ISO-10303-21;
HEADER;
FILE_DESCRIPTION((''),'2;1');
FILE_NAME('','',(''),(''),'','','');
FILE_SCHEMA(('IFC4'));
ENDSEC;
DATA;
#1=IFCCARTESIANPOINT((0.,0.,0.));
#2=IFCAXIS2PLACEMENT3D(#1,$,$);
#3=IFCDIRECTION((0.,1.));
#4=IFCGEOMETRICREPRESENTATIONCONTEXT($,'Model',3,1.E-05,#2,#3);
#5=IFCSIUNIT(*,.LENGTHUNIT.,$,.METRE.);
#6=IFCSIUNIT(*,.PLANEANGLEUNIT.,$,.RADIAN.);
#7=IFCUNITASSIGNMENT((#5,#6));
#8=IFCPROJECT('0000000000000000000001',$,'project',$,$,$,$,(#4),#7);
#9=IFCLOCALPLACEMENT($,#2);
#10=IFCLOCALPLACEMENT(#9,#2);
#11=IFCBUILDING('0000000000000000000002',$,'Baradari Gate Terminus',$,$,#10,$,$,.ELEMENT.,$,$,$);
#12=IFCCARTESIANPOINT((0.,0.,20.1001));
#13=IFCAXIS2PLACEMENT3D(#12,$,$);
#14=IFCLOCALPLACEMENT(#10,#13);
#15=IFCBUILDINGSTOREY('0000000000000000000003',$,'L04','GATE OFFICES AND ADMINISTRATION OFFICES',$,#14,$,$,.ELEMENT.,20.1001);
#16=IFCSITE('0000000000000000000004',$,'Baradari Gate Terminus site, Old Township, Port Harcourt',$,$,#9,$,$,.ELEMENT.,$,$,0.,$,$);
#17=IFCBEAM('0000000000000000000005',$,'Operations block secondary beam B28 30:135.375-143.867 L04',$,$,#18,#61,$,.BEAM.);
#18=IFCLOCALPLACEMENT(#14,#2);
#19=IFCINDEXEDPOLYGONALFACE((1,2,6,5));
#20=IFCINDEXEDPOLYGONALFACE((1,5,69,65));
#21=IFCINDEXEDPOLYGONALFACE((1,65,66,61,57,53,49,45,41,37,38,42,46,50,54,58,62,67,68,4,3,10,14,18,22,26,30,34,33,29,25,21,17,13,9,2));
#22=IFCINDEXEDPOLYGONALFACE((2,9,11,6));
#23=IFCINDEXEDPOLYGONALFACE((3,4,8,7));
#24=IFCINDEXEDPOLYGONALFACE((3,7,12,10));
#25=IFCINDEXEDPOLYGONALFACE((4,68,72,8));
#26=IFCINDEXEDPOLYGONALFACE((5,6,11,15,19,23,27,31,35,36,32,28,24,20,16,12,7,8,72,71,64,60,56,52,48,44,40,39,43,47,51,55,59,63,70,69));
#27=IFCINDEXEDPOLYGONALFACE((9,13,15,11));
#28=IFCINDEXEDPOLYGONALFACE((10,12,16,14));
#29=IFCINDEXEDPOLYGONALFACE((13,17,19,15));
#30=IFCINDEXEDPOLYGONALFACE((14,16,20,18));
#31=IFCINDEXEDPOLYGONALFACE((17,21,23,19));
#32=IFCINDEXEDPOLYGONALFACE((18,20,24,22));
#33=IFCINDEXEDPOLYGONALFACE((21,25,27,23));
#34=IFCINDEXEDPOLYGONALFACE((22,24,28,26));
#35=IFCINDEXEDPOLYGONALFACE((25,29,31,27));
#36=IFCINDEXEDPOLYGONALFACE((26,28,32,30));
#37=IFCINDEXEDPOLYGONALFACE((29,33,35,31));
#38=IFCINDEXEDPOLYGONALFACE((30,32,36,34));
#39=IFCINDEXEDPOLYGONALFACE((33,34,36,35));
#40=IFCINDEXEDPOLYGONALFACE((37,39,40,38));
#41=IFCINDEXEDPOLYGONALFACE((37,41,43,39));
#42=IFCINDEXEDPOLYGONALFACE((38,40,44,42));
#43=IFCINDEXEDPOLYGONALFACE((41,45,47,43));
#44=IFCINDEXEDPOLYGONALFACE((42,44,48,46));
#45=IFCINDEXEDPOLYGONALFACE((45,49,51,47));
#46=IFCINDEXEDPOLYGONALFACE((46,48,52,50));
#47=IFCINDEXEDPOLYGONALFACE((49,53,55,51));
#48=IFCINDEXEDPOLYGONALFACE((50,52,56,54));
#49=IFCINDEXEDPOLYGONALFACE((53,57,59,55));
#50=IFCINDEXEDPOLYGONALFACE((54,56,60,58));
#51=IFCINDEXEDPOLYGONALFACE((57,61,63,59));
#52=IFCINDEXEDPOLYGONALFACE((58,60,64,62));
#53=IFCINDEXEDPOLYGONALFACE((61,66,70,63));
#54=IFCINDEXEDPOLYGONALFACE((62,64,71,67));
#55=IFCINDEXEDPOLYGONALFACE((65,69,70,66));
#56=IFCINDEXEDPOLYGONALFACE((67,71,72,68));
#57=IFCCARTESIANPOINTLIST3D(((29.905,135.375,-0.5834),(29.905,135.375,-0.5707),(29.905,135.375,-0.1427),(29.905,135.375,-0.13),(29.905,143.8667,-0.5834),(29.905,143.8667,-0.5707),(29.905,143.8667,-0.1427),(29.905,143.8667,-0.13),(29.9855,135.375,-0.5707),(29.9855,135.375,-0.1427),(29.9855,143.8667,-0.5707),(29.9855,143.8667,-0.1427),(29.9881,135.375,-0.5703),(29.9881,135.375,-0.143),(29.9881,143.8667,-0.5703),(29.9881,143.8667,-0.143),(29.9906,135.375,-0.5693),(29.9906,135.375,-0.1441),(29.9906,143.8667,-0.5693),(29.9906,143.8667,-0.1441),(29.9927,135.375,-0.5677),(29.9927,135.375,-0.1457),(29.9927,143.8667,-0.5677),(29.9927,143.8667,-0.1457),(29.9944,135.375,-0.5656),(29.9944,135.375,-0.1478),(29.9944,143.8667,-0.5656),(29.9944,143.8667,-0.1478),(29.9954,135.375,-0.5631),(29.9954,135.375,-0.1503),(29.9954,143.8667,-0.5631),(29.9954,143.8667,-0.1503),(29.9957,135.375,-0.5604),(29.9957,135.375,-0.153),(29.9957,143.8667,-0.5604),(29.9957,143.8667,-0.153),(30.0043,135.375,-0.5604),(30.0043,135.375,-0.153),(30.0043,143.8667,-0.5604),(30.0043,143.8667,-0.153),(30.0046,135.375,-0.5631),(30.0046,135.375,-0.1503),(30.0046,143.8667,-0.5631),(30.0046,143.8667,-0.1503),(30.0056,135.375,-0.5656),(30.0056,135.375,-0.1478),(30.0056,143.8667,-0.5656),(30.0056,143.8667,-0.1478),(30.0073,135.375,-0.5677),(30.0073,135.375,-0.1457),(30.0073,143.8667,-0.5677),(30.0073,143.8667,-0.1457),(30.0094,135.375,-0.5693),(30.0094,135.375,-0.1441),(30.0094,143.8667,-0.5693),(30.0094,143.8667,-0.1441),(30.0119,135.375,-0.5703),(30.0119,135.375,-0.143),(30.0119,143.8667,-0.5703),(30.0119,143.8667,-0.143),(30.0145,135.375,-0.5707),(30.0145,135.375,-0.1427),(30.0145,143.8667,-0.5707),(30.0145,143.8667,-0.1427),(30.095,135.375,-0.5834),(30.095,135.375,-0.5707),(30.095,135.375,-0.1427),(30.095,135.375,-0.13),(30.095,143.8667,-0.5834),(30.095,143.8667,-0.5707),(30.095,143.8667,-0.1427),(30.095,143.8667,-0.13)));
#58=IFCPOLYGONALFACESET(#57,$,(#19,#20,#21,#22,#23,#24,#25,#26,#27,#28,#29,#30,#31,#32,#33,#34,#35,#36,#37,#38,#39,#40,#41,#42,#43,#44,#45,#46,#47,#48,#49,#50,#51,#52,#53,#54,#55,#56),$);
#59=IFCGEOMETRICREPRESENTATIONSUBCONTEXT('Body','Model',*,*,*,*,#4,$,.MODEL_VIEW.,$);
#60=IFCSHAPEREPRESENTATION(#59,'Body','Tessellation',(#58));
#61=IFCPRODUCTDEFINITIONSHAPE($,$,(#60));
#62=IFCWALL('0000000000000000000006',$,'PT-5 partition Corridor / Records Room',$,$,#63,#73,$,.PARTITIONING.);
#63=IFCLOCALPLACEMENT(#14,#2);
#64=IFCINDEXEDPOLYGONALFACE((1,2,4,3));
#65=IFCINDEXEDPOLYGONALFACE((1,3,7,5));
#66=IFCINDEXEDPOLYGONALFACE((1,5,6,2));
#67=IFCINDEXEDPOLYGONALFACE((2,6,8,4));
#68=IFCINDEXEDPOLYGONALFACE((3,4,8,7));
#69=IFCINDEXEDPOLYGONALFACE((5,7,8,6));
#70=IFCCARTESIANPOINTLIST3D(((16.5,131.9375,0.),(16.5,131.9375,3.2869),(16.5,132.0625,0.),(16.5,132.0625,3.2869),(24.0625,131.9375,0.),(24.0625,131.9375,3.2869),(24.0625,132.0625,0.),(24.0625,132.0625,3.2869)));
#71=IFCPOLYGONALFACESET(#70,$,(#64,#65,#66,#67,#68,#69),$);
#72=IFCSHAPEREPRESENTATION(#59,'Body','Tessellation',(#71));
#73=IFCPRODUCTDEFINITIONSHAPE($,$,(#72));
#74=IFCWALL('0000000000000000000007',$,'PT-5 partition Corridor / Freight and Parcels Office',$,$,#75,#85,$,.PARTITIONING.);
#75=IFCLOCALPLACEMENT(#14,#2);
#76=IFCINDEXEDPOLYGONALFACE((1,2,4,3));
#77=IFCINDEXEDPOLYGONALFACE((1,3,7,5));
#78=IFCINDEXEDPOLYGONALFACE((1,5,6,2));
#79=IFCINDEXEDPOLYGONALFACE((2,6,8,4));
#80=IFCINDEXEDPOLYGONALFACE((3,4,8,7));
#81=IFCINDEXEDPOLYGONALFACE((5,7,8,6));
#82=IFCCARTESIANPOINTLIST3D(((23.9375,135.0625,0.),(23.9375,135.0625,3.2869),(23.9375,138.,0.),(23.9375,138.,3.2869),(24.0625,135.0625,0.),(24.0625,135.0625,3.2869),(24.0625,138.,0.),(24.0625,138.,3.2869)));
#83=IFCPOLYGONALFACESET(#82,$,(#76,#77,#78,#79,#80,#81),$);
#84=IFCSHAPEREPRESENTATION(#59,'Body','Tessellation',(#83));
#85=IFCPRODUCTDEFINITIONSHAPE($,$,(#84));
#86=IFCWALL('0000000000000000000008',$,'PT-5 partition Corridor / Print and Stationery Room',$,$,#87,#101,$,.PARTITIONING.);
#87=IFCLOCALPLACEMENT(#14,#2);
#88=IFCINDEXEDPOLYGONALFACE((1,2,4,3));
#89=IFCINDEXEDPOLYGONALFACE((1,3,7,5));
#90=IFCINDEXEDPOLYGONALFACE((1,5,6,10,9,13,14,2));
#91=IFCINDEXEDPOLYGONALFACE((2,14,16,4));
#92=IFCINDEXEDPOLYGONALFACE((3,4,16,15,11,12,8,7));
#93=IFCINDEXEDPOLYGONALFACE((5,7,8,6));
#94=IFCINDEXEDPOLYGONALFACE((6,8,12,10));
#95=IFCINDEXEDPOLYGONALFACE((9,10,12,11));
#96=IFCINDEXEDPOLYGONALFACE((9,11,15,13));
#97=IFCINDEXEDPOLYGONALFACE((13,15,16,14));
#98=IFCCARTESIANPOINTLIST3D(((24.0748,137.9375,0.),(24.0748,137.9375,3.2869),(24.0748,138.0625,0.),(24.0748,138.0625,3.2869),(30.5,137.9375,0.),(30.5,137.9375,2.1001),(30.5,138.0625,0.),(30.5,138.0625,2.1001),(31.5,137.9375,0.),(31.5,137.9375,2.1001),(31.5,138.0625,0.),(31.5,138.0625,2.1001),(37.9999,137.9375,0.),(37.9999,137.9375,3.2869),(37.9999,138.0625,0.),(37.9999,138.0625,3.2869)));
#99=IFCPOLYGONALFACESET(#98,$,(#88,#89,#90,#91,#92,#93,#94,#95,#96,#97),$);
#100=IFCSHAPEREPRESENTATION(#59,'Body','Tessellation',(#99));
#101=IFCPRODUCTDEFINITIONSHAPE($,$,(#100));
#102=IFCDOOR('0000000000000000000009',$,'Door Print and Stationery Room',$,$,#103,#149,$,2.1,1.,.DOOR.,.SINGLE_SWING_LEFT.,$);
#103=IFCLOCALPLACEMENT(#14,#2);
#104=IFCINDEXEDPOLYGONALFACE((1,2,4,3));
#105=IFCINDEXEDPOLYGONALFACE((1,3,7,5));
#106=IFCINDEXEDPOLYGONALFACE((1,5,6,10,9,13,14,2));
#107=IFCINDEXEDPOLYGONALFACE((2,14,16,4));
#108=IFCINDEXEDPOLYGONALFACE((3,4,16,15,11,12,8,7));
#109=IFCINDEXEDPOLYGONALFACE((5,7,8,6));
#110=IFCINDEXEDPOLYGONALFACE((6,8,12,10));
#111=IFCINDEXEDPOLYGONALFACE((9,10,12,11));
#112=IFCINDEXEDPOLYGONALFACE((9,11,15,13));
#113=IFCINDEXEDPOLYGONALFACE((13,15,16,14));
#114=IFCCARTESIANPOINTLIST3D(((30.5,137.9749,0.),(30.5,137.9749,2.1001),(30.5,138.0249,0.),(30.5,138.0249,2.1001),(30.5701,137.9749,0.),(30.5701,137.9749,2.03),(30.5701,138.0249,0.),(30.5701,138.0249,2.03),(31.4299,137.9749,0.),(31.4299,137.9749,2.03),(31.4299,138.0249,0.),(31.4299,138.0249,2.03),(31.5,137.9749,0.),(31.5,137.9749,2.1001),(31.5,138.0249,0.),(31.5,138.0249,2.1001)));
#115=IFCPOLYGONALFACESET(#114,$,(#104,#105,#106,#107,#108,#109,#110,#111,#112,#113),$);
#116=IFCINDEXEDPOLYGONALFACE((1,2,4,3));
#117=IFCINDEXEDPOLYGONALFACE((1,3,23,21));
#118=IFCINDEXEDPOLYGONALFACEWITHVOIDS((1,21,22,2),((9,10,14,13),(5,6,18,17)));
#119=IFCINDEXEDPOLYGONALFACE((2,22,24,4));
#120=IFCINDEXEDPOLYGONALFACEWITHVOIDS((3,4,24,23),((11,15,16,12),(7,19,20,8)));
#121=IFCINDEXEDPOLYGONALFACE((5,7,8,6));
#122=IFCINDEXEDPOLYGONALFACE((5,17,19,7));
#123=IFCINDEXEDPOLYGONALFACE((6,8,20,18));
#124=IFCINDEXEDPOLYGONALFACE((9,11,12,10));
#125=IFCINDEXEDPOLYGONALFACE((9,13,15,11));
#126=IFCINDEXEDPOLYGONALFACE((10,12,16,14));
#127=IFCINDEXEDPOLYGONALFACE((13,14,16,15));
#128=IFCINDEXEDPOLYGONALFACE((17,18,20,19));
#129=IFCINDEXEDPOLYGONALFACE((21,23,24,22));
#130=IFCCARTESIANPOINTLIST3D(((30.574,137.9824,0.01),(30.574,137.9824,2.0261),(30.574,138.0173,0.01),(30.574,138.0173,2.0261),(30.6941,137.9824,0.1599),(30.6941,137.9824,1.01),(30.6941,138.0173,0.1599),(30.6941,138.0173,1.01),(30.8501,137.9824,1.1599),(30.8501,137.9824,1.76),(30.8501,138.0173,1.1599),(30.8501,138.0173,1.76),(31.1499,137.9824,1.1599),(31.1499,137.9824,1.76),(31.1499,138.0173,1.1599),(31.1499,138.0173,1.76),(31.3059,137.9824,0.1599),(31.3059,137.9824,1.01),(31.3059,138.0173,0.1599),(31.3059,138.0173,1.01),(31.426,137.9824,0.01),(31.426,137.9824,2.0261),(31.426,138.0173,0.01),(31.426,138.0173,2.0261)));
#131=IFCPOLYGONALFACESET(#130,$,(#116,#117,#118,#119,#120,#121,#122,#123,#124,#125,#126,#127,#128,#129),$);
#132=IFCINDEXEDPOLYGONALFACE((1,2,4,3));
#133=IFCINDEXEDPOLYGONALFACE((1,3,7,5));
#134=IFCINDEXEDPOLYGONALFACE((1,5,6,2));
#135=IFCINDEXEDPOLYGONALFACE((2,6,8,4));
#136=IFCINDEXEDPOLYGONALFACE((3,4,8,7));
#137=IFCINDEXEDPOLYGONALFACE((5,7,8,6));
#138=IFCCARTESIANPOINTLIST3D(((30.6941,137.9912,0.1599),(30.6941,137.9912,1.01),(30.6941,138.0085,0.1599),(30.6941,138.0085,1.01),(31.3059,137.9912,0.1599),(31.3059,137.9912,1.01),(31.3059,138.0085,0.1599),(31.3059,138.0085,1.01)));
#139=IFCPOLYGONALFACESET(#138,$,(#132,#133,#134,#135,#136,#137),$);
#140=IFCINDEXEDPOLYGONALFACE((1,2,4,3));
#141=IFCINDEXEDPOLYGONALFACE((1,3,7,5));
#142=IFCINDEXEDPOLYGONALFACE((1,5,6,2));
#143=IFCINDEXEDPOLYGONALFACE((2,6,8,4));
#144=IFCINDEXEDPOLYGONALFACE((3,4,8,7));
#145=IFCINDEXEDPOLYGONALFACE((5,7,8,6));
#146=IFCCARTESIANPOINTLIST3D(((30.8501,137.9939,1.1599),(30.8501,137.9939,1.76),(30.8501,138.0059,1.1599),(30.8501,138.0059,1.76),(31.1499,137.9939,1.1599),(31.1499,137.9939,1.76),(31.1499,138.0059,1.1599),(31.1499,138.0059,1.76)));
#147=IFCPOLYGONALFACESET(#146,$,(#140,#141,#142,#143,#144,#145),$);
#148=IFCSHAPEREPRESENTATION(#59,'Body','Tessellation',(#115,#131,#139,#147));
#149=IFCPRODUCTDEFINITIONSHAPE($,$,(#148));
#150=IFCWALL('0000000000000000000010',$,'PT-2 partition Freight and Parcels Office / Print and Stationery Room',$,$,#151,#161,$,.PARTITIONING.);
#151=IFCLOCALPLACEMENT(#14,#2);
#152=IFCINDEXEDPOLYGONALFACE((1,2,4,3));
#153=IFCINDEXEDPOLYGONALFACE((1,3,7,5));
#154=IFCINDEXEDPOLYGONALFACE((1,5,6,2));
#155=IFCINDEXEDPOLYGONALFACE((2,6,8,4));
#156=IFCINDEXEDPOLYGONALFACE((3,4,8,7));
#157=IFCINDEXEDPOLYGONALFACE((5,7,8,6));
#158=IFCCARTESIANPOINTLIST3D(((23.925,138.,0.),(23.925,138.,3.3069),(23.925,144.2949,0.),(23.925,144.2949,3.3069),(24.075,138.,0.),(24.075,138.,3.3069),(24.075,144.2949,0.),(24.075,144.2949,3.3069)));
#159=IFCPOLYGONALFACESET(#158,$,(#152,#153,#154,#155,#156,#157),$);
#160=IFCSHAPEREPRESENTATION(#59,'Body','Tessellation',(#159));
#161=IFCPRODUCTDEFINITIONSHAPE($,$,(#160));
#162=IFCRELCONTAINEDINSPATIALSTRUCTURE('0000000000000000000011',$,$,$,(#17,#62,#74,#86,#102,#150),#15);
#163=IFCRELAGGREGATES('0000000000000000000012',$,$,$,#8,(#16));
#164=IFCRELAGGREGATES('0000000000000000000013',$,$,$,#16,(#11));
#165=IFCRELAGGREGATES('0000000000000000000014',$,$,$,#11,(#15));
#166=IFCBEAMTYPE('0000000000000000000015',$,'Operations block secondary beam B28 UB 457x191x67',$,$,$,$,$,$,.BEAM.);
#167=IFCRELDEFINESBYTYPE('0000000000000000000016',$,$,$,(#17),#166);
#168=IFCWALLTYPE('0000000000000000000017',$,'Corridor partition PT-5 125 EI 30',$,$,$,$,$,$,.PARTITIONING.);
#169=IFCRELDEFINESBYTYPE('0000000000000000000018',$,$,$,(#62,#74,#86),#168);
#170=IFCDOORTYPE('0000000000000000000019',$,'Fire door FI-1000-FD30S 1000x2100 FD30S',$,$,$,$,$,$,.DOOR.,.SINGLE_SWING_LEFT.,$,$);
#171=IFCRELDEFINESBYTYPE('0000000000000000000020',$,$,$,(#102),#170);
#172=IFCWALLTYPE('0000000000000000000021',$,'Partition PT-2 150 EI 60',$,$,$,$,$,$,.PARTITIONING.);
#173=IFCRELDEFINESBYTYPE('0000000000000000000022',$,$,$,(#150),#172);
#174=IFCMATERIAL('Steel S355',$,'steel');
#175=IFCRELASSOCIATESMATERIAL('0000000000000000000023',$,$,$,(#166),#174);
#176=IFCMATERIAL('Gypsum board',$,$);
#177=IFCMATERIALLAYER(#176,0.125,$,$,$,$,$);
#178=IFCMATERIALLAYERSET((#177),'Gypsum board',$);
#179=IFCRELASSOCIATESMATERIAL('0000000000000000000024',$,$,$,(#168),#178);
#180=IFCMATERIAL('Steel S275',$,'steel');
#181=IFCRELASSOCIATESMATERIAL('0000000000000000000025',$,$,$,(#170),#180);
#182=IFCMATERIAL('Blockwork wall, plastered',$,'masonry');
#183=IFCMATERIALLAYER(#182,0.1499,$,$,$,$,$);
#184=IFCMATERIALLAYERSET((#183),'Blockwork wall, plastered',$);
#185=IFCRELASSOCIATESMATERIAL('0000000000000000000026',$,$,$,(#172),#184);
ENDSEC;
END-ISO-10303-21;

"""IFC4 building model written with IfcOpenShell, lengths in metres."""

from ifc_helpers import new_model, si_unit, direction, frame, frame_2d, origin, origin_2d, place, context, subcontext, project, spatial, polyline, rectangle, i_section, outline, extrude, material, layer, layer_set, material_profile, profile_set, type_object, element, fill, save


model = new_model("IFC4")

# Units and contexts
model_context = context("Model", 3, precision=1e-05, world=origin(), true_north=direction((0.0, 1.0)))
body_context = subcontext(model_context, "Body", "Model", "MODEL_VIEW")
ifc_project = project(units=[si_unit("LENGTHUNIT", "METRE"), si_unit("PLANEANGLEUNIT", "RADIAN")], contexts=[model_context])

# Site, building, storey
site_placement = place(None, origin())
site = spatial("IfcSite", under=ifc_project, at=site_placement, Name="Baradari Gate Terminus site, Old Township, Port Harcourt", CompositionType="ELEMENT", RefElevation=0.0)
building_placement = place(site_placement, origin())
building = spatial("IfcBuilding", under=site, at=building_placement, Name="Baradari Gate Terminus", CompositionType="ELEMENT")
storey_placement = place(building_placement, frame((0.0, 0.0, 20.1001)))
storey = spatial("IfcBuildingStorey", under=building, at=storey_placement, Name="L04", Description="GATE OFFICES AND ADMINISTRATION OFFICES", CompositionType="ELEMENT", Elevation=20.1001)

# Beam
ifc_material_1 = material(Name="Steel S355", Category="steel")
ifc_material_profile_1 = material_profile(ifc_material_1, i_section(OverallWidth=0.1899, OverallDepth=0.4534, WebThickness=0.0085, FlangeThickness=0.0127, FilletRadius=0.0103, at=origin_2d()), Name="UB 457x191x67")
ifc_profile_set_1 = profile_set([ifc_material_profile_1], Name="Steel S355")
beam_type_1 = type_object("IfcBeamType", Name="Operations block secondary beam B28 UB 457x191x67", PredefinedType="BEAM", material=ifc_profile_set_1)
beam_1_placement = place(storey_placement, frame((30.0, 135.375, -0.3567), z_axis=(0.0, 1.0, 0.0), x_axis=(-1.0, 0.0, 0.0)))
element("IfcBeam", 1, at=beam_1_placement, inside=storey, type_object=beam_type_1, Name="Operations block secondary beam B28 30:135.375-143.867 L04", PredefinedType="BEAM", context=body_context, shape_type="SweptSolid", body=[
    extrude(i_section(OverallWidth=0.1899, OverallDepth=0.4534, WebThickness=0.0085, FlangeThickness=0.0127, FilletRadius=0.0103, at=origin_2d()), origin(), (0.0, 0.0, 1.0), 8.4917),
])

# Walls
ifc_material_2 = material(Name="Gypsum board")
ifc_layer_1 = layer(ifc_material_2, 0.125)
ifc_layer_set_1 = layer_set([ifc_layer_1], Name="Gypsum board")
wall_type_1 = type_object("IfcWallType", Name="Corridor partition PT-5 125 EI 30", PredefinedType="PARTITIONING", material=ifc_layer_set_1)
wall_1_placement = place(storey_placement, frame((24.0625, 132.0, 0.0), z_axis=(0.0, 0.0, 1.0), x_axis=(-1.0, 0.0, 0.0)))
element("IfcWall", 2, at=wall_1_placement, inside=storey, type_object=wall_type_1, Name="PT-5 partition Corridor / Records Room", PredefinedType="PARTITIONING", context=body_context, shape_type="SweptSolid", body=[
    extrude(rectangle(XDim=7.5625, YDim=0.125, at=frame_2d((3.7812, 0.0))), origin(), (0.0, 0.0, 1.0), 3.2869),
])
wall_2_placement = place(storey_placement, frame((24.0, 135.0625, 0.0), z_axis=(0.0, 0.0, 1.0), x_axis=(0.0, 1.0, 0.0)))
element("IfcWall", 3, at=wall_2_placement, inside=storey, type_object=wall_type_1, Name="PT-5 partition Corridor / Freight and Parcels Office", PredefinedType="PARTITIONING", context=body_context, shape_type="SweptSolid", body=[
    extrude(rectangle(XDim=2.9375, YDim=0.125, at=frame_2d((1.4688, 0.0))), origin(), (0.0, 0.0, 1.0), 3.2869),
])

# Wall, opening, door
wall_3_placement = place(storey_placement, frame((24.075, 138.0, 0.0), z_axis=(0.0, 0.0, 1.0), x_axis=(1.0, 0.0, 0.0)))
wall_3 = element("IfcWall", 4, at=wall_3_placement, inside=storey, type_object=wall_type_1, Name="PT-5 partition Corridor / Print and Stationery Room", PredefinedType="PARTITIONING", context=body_context, shape_type="SweptSolid", body=[
    extrude(rectangle(XDim=13.925, YDim=0.125, at=frame_2d((6.9624, 0.0))), origin(), (0.0, 0.0, 1.0), 3.2869),
])
opening_1_placement = place(wall_3_placement, frame((6.425, 0.0, 0.0)))
opening_1 = element("IfcOpeningElement", 5, at=opening_1_placement, cuts=wall_3, PredefinedType="OPENING", context=body_context, shape_type="SweptSolid", body=[
    extrude(rectangle(XDim=1.0, YDim=2.1001, at=frame_2d((0.5, 1.05))), frame((0.0, 0.0725, 0.0), z_axis=(0.0, -1.0, 0.0), x_axis=(1.0, 0.0, 0.0)), (0.0, 0.0, 1.0), 0.145),
])
ifc_material_3 = material(Name="Steel S275", Category="steel")
door_type_1 = type_object("IfcDoorType", Name="Fire door FI-1000-FD30S 1000x2100 FD30S", OperationType="SINGLE_SWING_LEFT", PredefinedType="DOOR", material=ifc_material_3)
door_1_placement = place(opening_1_placement, origin())
door_1 = element("IfcDoor", 6, at=door_1_placement, inside=storey, type_object=door_type_1, Name="Door Print and Stationery Room", OperationType="SINGLE_SWING_LEFT", OverallHeight=2.1, OverallWidth=1.0, PredefinedType="DOOR", context=body_context, shape_type="SweptSolid", body=[
    extrude(outline(polyline([(0.0, 0.0), (0.0701, 0.0), (0.0701, 2.03), (0.9299, 2.03), (0.9299, 0.0), (1.0, 0.0), (1.0, 2.1001), (0.0, 2.1001), (0.0, 0.0)])), frame((0.0, 0.0249, 0.0), z_axis=(0.0, -1.0, 0.0), x_axis=(1.0, 0.0, 0.0)), (0.0, 0.0, 1.0), 0.05),
    extrude(outline(polyline([(0.074, 0.01), (0.926, 0.01), (0.926, 2.0261), (0.074, 2.0261), (0.074, 0.01)]), holes=[polyline([(0.1941, 0.1599), (0.8059, 0.1599), (0.8059, 1.01), (0.1941, 1.01), (0.1941, 0.1599)]), polyline([(0.3501, 1.1599), (0.6499, 1.1599), (0.6499, 1.76), (0.3501, 1.76), (0.3501, 1.1599)])]), frame((0.0, 0.0173, 0.0), z_axis=(0.0, -1.0, 0.0), x_axis=(1.0, 0.0, 0.0)), (0.0, 0.0, 1.0), 0.0349),
    extrude(rectangle(XDim=0.6118, YDim=0.8501, at=frame_2d((0.5, 0.585))), frame((0.0, 0.0085, 0.0), z_axis=(0.0, -1.0, 0.0), x_axis=(1.0, 0.0, 0.0)), (0.0, 0.0, 1.0), 0.0173),
    extrude(rectangle(XDim=0.2998, YDim=0.6001, at=frame_2d((0.5, 1.46))), frame((0.0, 0.0059, 0.0), z_axis=(0.0, -1.0, 0.0), x_axis=(1.0, 0.0, 0.0)), (0.0, 0.0, 1.0), 0.012),
])
fill(opening_1, door_1)

# Wall
ifc_material_4 = material(Name="Blockwork wall, plastered", Category="masonry")
ifc_layer_2 = layer(ifc_material_4, 0.1499)
ifc_layer_set_2 = layer_set([ifc_layer_2], Name="Blockwork wall, plastered")
wall_type_2 = type_object("IfcWallType", Name="Partition PT-2 150 EI 60", PredefinedType="PARTITIONING", material=ifc_layer_set_2)
wall_4_placement = place(storey_placement, frame((24.0, 144.2949, 0.0), z_axis=(0.0, 0.0, 1.0), x_axis=(0.0, -1.0, 0.0)))
element("IfcWall", 7, at=wall_4_placement, inside=storey, type_object=wall_type_2, Name="PT-2 partition Freight and Parcels Office / Print and Stationery Room", PredefinedType="PARTITIONING", context=body_context, shape_type="SweptSolid", body=[
    extrude(rectangle(XDim=6.2949, YDim=0.1499, at=frame_2d((3.1475, 0.0))), origin(), (0.0, 0.0, 1.0), 3.3069),
])

save(model, "model.ifc")
